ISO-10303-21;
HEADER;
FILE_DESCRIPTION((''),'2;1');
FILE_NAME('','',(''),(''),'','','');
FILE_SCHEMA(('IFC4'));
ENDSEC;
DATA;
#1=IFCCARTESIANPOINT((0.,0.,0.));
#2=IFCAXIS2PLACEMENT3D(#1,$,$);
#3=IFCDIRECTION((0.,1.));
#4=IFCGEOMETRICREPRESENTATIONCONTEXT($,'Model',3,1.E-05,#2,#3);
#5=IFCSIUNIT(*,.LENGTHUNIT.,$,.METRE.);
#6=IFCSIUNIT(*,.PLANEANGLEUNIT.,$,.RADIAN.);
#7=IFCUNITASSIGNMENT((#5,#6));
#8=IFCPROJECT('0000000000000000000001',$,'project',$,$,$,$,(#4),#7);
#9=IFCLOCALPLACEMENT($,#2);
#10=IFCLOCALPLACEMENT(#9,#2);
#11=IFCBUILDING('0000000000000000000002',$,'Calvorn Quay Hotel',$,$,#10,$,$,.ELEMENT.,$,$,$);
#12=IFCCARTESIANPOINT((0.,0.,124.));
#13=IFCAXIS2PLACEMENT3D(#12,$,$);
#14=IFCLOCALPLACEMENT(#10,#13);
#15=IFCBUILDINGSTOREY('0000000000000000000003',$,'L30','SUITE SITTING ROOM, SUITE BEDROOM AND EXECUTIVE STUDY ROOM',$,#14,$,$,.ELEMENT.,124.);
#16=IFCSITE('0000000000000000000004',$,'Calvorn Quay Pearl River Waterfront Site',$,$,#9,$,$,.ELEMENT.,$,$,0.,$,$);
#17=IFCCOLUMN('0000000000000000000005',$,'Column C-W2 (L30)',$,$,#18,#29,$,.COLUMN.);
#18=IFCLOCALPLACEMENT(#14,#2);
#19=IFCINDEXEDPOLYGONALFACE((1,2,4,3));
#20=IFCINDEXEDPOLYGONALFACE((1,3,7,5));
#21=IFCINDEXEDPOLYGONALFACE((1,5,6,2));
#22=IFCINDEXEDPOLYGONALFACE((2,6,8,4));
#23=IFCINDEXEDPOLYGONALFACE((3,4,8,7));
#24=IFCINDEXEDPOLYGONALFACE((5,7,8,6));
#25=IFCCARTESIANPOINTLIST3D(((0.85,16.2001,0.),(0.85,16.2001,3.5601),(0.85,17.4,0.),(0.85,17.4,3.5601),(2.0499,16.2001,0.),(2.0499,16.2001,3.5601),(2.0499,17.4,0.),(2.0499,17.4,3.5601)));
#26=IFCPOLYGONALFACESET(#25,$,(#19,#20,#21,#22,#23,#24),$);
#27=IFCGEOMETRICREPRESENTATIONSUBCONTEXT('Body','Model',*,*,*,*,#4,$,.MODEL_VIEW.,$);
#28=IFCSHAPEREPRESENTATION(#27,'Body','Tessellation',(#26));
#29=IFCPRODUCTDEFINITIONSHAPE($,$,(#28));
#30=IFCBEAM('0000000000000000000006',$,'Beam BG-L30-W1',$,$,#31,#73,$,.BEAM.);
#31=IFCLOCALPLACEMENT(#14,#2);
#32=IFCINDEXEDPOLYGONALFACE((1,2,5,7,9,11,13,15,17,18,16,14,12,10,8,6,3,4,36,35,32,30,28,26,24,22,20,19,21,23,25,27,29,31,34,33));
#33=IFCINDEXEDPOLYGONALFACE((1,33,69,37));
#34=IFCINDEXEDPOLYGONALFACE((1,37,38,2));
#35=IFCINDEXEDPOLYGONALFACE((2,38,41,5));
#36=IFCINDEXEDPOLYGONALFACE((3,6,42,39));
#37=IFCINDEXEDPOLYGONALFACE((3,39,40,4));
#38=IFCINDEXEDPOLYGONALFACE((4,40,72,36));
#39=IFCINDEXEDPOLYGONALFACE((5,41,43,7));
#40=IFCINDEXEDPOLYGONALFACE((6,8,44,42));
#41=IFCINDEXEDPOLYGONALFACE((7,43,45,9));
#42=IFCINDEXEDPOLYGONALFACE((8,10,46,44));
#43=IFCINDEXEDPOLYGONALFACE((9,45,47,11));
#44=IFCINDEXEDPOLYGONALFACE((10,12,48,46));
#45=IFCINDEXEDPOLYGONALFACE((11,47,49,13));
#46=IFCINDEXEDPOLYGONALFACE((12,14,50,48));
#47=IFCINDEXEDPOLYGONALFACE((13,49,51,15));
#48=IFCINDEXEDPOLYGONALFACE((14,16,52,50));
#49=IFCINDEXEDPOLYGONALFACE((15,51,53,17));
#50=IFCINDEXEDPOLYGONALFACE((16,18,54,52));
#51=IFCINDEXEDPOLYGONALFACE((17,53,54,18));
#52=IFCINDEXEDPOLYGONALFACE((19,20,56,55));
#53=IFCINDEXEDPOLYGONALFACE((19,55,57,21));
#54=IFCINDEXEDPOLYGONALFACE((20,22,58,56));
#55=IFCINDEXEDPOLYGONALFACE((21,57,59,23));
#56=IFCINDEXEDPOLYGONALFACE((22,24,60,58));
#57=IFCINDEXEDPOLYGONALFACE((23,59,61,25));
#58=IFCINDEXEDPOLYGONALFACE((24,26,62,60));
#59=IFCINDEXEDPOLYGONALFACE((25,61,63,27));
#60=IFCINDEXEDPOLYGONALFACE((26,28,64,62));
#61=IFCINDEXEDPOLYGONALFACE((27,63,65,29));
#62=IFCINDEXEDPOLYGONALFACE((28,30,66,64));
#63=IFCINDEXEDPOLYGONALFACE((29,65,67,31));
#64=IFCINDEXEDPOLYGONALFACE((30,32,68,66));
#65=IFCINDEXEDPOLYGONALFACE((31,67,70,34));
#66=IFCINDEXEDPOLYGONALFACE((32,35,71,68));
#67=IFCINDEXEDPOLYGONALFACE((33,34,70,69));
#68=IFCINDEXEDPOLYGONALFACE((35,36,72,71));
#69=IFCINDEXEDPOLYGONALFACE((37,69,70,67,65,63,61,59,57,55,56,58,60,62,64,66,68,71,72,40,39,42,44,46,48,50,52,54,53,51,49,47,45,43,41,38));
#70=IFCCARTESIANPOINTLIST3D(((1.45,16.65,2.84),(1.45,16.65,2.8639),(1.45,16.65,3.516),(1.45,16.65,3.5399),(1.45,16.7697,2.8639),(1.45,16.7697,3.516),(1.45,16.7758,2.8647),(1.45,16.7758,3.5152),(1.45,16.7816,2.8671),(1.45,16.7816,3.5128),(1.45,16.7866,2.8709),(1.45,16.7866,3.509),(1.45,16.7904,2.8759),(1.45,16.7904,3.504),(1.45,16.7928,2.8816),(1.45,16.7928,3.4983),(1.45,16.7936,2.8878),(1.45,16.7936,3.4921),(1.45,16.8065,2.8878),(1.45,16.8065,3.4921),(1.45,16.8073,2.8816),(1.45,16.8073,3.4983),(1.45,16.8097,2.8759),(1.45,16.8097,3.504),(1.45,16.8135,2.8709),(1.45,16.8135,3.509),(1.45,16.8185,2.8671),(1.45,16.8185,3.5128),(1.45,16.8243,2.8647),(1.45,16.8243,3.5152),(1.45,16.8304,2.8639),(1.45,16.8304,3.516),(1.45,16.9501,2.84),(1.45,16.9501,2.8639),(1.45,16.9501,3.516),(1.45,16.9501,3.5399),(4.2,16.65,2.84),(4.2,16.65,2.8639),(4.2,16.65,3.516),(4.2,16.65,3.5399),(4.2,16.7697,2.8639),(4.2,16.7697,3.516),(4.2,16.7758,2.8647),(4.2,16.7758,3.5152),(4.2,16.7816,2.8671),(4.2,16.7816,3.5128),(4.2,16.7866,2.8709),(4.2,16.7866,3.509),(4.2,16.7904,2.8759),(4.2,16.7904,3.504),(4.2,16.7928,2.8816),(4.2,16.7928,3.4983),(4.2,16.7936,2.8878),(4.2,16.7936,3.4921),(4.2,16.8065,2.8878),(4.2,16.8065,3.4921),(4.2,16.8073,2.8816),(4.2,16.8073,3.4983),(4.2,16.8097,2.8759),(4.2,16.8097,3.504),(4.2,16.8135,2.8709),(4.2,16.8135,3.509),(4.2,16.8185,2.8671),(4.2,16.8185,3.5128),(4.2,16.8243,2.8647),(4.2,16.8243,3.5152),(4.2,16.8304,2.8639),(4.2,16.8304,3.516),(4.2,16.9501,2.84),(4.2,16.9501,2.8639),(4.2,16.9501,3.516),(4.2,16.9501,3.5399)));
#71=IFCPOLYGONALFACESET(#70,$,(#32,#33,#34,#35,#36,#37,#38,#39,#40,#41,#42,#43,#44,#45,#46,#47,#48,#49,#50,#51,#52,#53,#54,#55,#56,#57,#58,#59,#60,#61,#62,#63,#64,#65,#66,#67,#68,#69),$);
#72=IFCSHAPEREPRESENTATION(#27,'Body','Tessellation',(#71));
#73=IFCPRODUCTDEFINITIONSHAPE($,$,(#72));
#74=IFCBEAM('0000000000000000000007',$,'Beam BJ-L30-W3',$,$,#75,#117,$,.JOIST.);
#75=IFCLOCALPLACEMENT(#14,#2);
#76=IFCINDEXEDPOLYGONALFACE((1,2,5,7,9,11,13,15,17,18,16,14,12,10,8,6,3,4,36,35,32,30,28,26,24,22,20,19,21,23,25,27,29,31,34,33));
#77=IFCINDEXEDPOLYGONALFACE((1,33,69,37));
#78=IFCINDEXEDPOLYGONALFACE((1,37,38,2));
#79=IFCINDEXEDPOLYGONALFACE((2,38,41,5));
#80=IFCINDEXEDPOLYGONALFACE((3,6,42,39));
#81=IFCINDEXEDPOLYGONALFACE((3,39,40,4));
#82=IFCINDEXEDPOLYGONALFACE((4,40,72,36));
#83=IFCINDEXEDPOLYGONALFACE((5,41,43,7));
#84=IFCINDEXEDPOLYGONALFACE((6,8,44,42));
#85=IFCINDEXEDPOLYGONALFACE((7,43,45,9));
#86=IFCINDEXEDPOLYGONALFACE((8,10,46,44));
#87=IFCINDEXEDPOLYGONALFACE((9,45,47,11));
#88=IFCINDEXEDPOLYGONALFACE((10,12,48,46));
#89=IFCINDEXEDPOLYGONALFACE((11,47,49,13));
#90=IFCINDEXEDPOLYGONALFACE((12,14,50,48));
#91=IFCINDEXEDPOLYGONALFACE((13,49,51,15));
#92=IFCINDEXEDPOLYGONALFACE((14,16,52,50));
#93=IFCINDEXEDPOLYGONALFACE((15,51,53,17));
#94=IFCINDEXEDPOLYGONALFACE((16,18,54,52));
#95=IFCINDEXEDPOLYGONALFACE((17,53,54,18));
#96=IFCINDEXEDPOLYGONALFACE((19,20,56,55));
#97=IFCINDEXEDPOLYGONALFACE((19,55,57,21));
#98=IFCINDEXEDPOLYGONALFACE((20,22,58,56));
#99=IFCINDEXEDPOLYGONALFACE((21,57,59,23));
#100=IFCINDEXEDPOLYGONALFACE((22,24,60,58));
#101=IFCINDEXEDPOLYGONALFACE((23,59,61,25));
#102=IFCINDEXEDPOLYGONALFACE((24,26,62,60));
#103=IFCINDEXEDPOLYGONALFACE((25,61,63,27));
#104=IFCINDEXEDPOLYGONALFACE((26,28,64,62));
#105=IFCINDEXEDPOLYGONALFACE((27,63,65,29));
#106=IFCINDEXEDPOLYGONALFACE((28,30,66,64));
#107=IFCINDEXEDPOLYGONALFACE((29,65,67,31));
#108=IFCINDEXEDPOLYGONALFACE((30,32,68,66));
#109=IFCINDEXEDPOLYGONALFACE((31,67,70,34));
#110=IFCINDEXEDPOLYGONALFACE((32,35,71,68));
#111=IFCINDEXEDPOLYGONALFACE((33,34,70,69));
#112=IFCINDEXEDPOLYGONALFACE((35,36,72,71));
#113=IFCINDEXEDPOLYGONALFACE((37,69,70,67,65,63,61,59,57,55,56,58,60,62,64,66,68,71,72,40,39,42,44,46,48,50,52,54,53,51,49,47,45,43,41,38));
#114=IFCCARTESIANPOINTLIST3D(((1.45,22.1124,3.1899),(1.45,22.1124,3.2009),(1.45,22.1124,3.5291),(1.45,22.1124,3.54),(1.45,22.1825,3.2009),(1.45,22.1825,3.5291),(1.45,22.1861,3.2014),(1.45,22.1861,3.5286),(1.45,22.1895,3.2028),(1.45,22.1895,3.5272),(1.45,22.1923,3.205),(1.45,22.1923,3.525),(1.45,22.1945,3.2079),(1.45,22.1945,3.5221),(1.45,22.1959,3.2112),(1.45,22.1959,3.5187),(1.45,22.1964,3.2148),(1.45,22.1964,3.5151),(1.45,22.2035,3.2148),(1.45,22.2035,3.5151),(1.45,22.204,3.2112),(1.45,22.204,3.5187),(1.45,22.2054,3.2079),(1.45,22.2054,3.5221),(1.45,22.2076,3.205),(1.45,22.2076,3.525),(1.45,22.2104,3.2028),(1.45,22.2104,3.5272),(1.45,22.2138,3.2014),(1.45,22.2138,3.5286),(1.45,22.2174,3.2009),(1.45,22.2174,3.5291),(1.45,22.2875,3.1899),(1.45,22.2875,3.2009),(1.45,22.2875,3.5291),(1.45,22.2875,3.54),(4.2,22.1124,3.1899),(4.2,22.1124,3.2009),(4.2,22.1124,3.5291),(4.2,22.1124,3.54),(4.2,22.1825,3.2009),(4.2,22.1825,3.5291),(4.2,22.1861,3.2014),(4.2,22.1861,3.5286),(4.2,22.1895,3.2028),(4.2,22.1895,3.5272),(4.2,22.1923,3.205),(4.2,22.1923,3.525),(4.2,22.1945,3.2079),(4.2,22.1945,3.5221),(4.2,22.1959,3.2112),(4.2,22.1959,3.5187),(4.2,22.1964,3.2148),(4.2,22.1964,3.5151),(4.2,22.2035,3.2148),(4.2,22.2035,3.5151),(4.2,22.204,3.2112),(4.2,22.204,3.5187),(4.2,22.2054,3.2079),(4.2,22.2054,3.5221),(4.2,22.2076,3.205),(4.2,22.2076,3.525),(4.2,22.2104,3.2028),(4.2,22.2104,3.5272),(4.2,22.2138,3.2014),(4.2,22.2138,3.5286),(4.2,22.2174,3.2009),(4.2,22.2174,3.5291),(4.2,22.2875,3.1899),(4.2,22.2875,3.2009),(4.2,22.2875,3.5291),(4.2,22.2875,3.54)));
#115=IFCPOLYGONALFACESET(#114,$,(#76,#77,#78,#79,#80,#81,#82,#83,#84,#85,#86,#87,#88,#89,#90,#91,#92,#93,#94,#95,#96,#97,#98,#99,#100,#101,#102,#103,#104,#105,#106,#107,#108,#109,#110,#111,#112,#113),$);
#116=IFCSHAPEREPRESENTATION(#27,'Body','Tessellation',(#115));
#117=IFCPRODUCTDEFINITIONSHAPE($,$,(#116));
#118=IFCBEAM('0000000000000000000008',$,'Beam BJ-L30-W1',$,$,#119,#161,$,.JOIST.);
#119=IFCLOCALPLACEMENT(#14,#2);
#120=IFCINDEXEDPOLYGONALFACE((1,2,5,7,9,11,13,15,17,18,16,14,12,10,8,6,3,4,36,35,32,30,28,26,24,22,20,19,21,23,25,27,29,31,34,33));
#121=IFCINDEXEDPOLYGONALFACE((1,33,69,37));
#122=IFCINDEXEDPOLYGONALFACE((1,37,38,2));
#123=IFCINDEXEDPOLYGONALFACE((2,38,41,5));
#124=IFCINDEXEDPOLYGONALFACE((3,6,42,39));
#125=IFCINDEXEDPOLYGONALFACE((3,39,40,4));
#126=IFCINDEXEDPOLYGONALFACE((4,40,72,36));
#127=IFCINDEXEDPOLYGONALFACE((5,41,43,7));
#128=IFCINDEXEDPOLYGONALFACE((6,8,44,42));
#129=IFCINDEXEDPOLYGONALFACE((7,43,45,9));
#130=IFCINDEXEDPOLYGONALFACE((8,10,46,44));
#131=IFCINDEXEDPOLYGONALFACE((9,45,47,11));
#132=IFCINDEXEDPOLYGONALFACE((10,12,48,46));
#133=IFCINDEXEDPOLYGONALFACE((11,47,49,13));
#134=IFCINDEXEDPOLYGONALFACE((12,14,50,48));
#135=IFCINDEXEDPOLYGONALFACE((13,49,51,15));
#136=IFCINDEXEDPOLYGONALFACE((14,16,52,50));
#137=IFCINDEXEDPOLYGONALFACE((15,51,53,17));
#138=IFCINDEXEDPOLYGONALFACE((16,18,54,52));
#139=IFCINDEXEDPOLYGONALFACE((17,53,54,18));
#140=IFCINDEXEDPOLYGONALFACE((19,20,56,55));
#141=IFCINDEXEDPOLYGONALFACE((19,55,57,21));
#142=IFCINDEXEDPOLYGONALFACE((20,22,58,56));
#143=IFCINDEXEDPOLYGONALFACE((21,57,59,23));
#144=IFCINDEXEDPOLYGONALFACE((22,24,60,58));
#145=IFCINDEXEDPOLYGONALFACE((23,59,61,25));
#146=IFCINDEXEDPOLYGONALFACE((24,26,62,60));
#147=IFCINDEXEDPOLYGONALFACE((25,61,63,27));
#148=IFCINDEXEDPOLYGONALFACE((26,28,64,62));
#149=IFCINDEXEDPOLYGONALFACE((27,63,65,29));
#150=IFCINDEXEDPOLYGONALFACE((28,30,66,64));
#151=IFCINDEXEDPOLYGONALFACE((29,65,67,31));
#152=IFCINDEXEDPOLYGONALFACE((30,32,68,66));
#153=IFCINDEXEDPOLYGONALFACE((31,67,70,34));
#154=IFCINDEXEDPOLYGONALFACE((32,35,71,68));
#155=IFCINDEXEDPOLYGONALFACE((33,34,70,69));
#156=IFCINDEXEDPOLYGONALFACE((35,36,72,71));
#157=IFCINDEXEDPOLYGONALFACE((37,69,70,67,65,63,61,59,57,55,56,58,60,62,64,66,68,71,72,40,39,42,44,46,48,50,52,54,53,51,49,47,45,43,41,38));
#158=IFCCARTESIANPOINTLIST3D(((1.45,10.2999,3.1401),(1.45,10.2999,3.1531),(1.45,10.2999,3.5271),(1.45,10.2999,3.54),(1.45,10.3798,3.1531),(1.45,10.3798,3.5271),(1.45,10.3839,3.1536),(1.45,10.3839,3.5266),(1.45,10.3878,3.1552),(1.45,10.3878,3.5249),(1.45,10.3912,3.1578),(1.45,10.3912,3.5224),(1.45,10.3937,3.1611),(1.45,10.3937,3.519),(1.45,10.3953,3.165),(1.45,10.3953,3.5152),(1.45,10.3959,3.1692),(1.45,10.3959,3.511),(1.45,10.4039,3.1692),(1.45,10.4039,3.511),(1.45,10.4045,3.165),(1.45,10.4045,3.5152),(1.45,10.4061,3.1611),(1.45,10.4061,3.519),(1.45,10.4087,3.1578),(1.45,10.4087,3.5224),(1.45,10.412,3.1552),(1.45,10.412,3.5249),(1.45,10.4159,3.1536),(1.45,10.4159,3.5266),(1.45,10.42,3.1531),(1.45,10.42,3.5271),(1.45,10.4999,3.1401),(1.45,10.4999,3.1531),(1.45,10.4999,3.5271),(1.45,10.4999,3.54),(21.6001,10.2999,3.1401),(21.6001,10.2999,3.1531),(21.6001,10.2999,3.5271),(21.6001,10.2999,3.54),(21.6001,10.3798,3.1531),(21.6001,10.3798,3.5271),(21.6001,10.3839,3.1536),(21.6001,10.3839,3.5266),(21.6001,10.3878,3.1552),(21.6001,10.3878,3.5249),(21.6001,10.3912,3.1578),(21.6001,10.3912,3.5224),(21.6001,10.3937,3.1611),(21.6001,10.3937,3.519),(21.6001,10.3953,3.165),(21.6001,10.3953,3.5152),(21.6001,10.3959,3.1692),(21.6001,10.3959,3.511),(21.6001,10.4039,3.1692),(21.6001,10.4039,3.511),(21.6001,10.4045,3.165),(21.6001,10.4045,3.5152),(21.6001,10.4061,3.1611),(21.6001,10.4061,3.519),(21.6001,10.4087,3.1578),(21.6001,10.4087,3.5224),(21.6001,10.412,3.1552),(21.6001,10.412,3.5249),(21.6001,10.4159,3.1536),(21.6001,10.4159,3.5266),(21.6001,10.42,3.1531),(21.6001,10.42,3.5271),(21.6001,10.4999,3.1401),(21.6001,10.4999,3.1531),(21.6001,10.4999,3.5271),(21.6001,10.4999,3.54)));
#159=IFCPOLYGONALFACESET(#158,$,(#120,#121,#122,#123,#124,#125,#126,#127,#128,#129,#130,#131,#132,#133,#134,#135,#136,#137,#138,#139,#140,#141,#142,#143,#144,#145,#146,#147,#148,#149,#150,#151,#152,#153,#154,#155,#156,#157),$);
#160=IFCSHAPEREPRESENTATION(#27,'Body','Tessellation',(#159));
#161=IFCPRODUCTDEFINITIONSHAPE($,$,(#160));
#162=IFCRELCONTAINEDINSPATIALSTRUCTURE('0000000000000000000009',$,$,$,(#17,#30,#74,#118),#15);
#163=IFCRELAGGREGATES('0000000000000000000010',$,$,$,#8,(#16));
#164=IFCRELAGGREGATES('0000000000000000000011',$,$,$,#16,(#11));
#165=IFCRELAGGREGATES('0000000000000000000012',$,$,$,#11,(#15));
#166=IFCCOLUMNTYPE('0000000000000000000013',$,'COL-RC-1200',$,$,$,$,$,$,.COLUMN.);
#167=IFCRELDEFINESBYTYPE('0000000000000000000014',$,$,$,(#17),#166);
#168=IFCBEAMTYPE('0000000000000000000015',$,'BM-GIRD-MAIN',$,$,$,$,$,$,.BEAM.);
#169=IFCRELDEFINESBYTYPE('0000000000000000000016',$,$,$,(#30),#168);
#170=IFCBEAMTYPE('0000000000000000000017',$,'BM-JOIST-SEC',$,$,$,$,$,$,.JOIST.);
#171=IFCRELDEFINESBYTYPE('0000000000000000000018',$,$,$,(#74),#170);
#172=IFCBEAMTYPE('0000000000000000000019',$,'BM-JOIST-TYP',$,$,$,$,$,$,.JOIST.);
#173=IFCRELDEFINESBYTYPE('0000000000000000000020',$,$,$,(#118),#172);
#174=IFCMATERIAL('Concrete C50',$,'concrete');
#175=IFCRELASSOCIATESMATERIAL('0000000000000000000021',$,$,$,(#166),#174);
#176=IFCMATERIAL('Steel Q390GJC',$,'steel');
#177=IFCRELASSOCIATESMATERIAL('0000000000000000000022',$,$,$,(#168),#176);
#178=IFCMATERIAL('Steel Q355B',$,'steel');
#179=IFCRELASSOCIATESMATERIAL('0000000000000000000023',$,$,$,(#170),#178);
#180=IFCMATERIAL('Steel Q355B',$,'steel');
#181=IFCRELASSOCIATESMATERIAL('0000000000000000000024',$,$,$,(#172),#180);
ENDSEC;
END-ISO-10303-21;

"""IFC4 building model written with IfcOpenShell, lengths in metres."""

from ifc_helpers import new_model, si_unit, direction, frame, origin, origin_2d, place, context, subcontext, project, spatial, rectangle, i_section, extrude, material, material_profile, profile_set, type_object, element, save


model = new_model("IFC4")

# Units and contexts
model_context = context("Model", 3, precision=1e-05, world=origin(), true_north=direction((0.0, 1.0)))
body_context = subcontext(model_context, "Body", "Model", "MODEL_VIEW")
ifc_project = project(units=[si_unit("LENGTHUNIT", "METRE"), si_unit("PLANEANGLEUNIT", "RADIAN")], contexts=[model_context])

# Site, building, storey
site_placement = place(None, origin())
site = spatial("IfcSite", under=ifc_project, at=site_placement, Name="Calvorn Quay Pearl River Waterfront Site", CompositionType="ELEMENT", RefElevation=0.0)
building_placement = place(site_placement, origin())
building = spatial("IfcBuilding", under=site, at=building_placement, Name="Calvorn Quay Hotel", CompositionType="ELEMENT")
storey_placement = place(building_placement, frame((0.0, 0.0, 124.0)))
storey = spatial("IfcBuildingStorey", under=building, at=storey_placement, Name="L30", Description="SUITE SITTING ROOM, SUITE BEDROOM AND EXECUTIVE STUDY ROOM", CompositionType="ELEMENT", Elevation=124.0)

# Column
ifc_material_1 = material(Name="Concrete C50", Category="concrete")
ifc_material_profile_1 = material_profile(ifc_material_1, rectangle(XDim=1.2, YDim=1.2, at=origin_2d()), Name="RC1200x1200")
ifc_profile_set_1 = profile_set([ifc_material_profile_1], Name="Concrete C50")
column_type = type_object("IfcColumnType", Name="COL-RC-1200", PredefinedType="COLUMN", material=ifc_profile_set_1)
column_placement = place(storey_placement, frame((1.45, 16.8, 0.0), z_axis=(0.0, 0.0, 1.0), x_axis=(1.0, 0.0, 0.0)))
element("IfcColumn", 1, at=column_placement, inside=storey, type_object=column_type, Name="Column C-W2 (L30)", PredefinedType="COLUMN", context=body_context, shape_type="SweptSolid", body=[
    extrude(rectangle(XDim=1.2, YDim=1.2, at=origin_2d()), origin(), (0.0, 0.0, 1.0), 3.5601),
])

# Beams
ifc_material_2 = material(Name="Steel Q390GJC", Category="steel")
ifc_material_profile_2 = material_profile(ifc_material_2, i_section(OverallWidth=0.3, OverallDepth=0.7, WebThickness=0.0129, FlangeThickness=0.0239, FilletRadius=0.0239, at=origin_2d()), Name="HN700x300x13x24")
ifc_profile_set_2 = profile_set([ifc_material_profile_2], Name="Steel Q390GJC")
beam_type_1 = type_object("IfcBeamType", Name="BM-GIRD-MAIN", PredefinedType="BEAM", material=ifc_profile_set_2)
beam_1_placement = place(storey_placement, frame((1.45, 16.8, 3.1899), z_axis=(1.0, 0.0, 0.0), x_axis=(0.0, 1.0, 0.0)))
element("IfcBeam", 2, at=beam_1_placement, inside=storey, type_object=beam_type_1, Name="Beam BG-L30-W1", PredefinedType="BEAM", context=body_context, shape_type="SweptSolid", body=[
    extrude(i_section(OverallWidth=0.3, OverallDepth=0.7, WebThickness=0.0129, FlangeThickness=0.0239, FilletRadius=0.0239, at=origin_2d()), origin(), (0.0, 0.0, 1.0), 2.75),
])
ifc_material_3 = material(Name="Steel Q355B", Category="steel")
ifc_material_profile_3 = material_profile(ifc_material_3, i_section(OverallWidth=0.175, OverallDepth=0.3501, WebThickness=0.0071, FlangeThickness=0.011, FilletRadius=0.0139, at=origin_2d()), Name="HN350x175x7x11")
ifc_profile_set_3 = profile_set([ifc_material_profile_3], Name="Steel Q355B")
beam_type_2 = type_object("IfcBeamType", Name="BM-JOIST-SEC", PredefinedType="JOIST", material=ifc_profile_set_3)
beam_2_placement = place(storey_placement, frame((1.45, 22.2, 3.365), z_axis=(1.0, 0.0, 0.0), x_axis=(0.0, 1.0, 0.0)))
element("IfcBeam", 3, at=beam_2_placement, inside=storey, type_object=beam_type_2, Name="Beam BJ-L30-W3", PredefinedType="JOIST", context=body_context, shape_type="SweptSolid", body=[
    extrude(i_section(OverallWidth=0.175, OverallDepth=0.3501, WebThickness=0.0071, FlangeThickness=0.011, FilletRadius=0.0139, at=origin_2d()), origin(), (0.0, 0.0, 1.0), 2.75),
])
ifc_material_4 = material(Name="Steel Q355B", Category="steel")
ifc_material_profile_4 = material_profile(ifc_material_4, i_section(OverallWidth=0.2, OverallDepth=0.3999, WebThickness=0.0081, FlangeThickness=0.0129, FilletRadius=0.0161, at=origin_2d()), Name="HN400x200x8x13")
ifc_profile_set_4 = profile_set([ifc_material_profile_4], Name="Steel Q355B")
beam_type_3 = type_object("IfcBeamType", Name="BM-JOIST-TYP", PredefinedType="JOIST", material=ifc_profile_set_4)
beam_3_placement = place(storey_placement, frame((1.45, 10.3999, 3.3401), z_axis=(1.0, 0.0, 0.0), x_axis=(0.0, 1.0, 0.0)))
element("IfcBeam", 4, at=beam_3_placement, inside=storey, type_object=beam_type_3, Name="Beam BJ-L30-W1", PredefinedType="JOIST", context=body_context, shape_type="SweptSolid", body=[
    extrude(i_section(OverallWidth=0.2, OverallDepth=0.3999, WebThickness=0.0081, FlangeThickness=0.0129, FilletRadius=0.0161, at=origin_2d()), origin(), (0.0, 0.0, 1.0), 20.1501),
])

save(model, "model.ifc")
